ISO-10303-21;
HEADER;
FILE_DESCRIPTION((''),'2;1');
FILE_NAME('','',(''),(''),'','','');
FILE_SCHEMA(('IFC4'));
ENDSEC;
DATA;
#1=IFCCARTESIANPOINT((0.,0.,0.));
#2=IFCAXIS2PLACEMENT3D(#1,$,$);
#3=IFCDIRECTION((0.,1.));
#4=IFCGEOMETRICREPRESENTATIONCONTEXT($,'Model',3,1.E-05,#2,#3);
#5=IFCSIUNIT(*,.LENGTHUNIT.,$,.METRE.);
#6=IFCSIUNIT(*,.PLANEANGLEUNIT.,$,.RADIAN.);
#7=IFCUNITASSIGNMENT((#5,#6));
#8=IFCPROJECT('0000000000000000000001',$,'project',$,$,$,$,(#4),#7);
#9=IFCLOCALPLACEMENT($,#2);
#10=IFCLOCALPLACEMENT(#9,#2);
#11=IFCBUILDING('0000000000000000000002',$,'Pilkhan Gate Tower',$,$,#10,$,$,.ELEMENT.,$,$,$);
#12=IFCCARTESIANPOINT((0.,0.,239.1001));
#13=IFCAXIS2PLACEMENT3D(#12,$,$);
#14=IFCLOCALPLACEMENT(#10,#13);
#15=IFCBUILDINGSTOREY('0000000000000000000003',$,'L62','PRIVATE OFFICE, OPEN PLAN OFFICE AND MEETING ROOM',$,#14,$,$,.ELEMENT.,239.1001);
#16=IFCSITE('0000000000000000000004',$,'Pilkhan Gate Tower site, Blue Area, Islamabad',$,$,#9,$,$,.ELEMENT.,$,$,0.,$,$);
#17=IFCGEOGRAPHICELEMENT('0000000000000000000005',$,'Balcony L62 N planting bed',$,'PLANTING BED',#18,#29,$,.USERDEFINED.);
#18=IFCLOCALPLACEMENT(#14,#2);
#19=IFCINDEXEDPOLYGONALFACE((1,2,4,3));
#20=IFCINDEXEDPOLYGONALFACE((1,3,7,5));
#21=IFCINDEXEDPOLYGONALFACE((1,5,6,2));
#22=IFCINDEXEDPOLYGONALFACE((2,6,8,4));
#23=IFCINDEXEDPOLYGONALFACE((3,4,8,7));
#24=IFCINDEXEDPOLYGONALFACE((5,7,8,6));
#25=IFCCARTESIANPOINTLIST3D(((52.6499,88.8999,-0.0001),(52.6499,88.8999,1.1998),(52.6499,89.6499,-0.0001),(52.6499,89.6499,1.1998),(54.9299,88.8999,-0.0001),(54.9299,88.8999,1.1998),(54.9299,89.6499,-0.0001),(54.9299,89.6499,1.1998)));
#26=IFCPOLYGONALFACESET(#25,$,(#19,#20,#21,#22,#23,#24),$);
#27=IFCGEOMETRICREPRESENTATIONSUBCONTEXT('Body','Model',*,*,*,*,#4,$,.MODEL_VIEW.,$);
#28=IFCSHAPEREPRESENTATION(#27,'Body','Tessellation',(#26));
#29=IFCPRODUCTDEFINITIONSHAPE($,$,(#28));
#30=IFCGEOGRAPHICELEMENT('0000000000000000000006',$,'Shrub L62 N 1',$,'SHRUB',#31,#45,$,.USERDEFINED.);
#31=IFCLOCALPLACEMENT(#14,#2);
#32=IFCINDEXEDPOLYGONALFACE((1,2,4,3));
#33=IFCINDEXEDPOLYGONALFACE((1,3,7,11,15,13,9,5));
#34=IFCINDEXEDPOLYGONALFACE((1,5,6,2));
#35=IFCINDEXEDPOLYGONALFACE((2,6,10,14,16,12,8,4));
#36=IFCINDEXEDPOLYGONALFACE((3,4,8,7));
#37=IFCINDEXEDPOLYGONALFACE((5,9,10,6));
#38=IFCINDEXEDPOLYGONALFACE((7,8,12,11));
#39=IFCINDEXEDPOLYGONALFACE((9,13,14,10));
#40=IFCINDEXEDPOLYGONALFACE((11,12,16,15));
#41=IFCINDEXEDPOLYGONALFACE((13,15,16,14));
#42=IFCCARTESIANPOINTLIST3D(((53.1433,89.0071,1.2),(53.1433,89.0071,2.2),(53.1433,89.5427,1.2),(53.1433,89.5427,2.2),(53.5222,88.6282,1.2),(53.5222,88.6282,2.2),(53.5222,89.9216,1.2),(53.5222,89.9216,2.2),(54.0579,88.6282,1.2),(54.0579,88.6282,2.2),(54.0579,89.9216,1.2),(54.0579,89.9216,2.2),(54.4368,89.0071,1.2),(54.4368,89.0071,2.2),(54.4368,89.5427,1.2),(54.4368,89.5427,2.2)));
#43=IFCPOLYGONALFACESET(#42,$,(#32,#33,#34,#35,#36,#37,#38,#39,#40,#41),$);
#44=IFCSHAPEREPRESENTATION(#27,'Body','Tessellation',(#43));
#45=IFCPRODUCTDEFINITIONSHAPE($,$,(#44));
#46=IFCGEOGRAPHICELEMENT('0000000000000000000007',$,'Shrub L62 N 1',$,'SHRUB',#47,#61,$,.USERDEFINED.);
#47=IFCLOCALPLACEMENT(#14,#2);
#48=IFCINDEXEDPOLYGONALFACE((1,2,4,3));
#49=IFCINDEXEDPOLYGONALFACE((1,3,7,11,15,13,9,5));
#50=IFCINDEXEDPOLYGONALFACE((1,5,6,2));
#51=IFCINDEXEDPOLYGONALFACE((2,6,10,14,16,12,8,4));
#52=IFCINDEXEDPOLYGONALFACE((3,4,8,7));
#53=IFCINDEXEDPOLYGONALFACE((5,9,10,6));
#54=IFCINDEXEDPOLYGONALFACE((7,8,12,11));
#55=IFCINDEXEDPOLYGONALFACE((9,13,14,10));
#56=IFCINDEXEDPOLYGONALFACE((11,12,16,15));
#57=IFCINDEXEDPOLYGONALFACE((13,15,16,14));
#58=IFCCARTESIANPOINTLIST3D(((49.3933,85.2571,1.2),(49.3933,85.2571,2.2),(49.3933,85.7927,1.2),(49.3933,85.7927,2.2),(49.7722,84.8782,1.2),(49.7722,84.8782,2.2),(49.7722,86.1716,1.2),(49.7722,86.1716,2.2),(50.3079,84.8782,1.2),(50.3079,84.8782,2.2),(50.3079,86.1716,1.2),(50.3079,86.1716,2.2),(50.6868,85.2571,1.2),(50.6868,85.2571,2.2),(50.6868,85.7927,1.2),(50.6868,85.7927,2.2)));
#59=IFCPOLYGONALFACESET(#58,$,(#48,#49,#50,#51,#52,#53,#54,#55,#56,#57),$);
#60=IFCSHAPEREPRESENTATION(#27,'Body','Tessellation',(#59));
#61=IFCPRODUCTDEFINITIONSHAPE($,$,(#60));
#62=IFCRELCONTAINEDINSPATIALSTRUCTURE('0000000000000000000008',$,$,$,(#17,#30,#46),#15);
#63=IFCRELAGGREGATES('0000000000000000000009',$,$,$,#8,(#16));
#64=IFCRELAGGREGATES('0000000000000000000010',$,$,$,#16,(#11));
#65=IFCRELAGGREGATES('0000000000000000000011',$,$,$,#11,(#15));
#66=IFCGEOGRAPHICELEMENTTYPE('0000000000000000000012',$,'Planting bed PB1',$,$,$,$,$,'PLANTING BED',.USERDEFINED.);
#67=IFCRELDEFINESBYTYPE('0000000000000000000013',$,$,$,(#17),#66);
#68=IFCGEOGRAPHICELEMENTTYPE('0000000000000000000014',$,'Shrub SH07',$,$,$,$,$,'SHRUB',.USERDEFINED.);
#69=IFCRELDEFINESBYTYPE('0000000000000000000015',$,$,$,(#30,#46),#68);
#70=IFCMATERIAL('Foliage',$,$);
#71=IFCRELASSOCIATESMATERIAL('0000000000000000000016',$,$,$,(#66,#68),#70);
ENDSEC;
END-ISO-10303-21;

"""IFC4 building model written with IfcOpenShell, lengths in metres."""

from ifc_helpers import new_model, si_unit, direction, frame, origin, origin_2d, place, context, subcontext, project, spatial, polyline, rectangle, outline, extrude, material, material_profile, profile_set, type_object, element, save


model = new_model("IFC4")

# Units and contexts
model_context = context("Model", 3, precision=1e-05, world=origin(), true_north=direction((0.0, 1.0)))
body_context = subcontext(model_context, "Body", "Model", "MODEL_VIEW")
ifc_project = project(units=[si_unit("LENGTHUNIT", "METRE"), si_unit("PLANEANGLEUNIT", "RADIAN")], contexts=[model_context])

# Site, building, storey
site_placement = place(None, origin())
site = spatial("IfcSite", under=ifc_project, at=site_placement, Name="Pilkhan Gate Tower site, Blue Area, Islamabad", CompositionType="ELEMENT", RefElevation=0.0)
building_placement = place(site_placement, origin())
building = spatial("IfcBuilding", under=site, at=building_placement, Name="Pilkhan Gate Tower", CompositionType="ELEMENT")
storey_placement = place(building_placement, frame((0.0, 0.0, 239.1001)))
storey = spatial("IfcBuildingStorey", under=building, at=storey_placement, Name="L62", Description="PRIVATE OFFICE, OPEN PLAN OFFICE AND MEETING ROOM", CompositionType="ELEMENT", Elevation=239.1001)

# Geographic elements
ifc_material_1 = material(Name="Foliage")
ifc_material_profile_1 = material_profile(ifc_material_1, rectangle(XDim=0.75, YDim=1.2, at=origin_2d()), Name="Bed 750x1200")
ifc_profile_set_1 = profile_set([ifc_material_profile_1], Name="Foliage")
geographic_element_type_1 = type_object("IfcGeographicElementType", Name="Planting bed PB1", ElementType="PLANTING BED", PredefinedType="USERDEFINED", material=ifc_profile_set_1)
geographic_element_placement = place(storey_placement, frame((52.6499, 89.2749, 0.5999), z_axis=(1.0, 0.0, 0.0), x_axis=(0.0, 1.0, 0.0)))
element("IfcGeographicElement", 1, at=geographic_element_placement, inside=storey, type_object=geographic_element_type_1, Name="Balcony L62 N planting bed", ObjectType="PLANTING BED", PredefinedType="USERDEFINED", context=body_context, shape_type="SweptSolid", body=[
    extrude(rectangle(XDim=0.75, YDim=1.2, at=origin_2d()), origin(), (0.0, 0.0, 1.0), 2.28),
])
ifc_material_profile_2 = material_profile(ifc_material_1, outline(polyline([(0.6467, 0.2678), (0.2678, 0.6467), (-0.2678, 0.6467), (-0.6467, 0.2678), (-0.6467, -0.2678), (-0.2678, -0.6467), (0.2678, -0.6467), (0.6467, -0.2678), (0.6467, 0.2678)])), Name="Shrub D1.4")
ifc_profile_set_2 = profile_set([ifc_material_profile_2], Name="Foliage")
geographic_element_type_2 = type_object("IfcGeographicElementType", Name="Shrub SH07", ElementType="SHRUB", PredefinedType="USERDEFINED", material=ifc_profile_set_2)
for number, where, z_axis, x_axis, name in (
    (2, (53.79, 89.2749, 1.2), (0.0, 0.0, 1.0), (1.0, 0.0, 0.0), "Shrub L62 N 1"),
    (3, (50.04, 85.5249, 1.2), (0.0, 0.0, 1.0), (1.0, 0.0, 0.0), "Shrub L62 N 1"),
):
    element("IfcGeographicElement", number, at=place(storey_placement, frame(where, z_axis=z_axis, x_axis=x_axis)), inside=storey, type_object=geographic_element_type_2, Name=name, ObjectType="SHRUB", PredefinedType="USERDEFINED", context=body_context, shape_type="SweptSolid", body=[
        extrude(outline(polyline([(0.6467, 0.2678), (0.2678, 0.6467), (-0.2678, 0.6467), (-0.6467, 0.2678), (-0.6467, -0.2678), (-0.2678, -0.6467), (0.2678, -0.6467), (0.6467, -0.2678), (0.6467, 0.2678)])), origin(), (0.0, 0.0, 1.0), 1.0),
    ])

save(model, "model.ifc")
